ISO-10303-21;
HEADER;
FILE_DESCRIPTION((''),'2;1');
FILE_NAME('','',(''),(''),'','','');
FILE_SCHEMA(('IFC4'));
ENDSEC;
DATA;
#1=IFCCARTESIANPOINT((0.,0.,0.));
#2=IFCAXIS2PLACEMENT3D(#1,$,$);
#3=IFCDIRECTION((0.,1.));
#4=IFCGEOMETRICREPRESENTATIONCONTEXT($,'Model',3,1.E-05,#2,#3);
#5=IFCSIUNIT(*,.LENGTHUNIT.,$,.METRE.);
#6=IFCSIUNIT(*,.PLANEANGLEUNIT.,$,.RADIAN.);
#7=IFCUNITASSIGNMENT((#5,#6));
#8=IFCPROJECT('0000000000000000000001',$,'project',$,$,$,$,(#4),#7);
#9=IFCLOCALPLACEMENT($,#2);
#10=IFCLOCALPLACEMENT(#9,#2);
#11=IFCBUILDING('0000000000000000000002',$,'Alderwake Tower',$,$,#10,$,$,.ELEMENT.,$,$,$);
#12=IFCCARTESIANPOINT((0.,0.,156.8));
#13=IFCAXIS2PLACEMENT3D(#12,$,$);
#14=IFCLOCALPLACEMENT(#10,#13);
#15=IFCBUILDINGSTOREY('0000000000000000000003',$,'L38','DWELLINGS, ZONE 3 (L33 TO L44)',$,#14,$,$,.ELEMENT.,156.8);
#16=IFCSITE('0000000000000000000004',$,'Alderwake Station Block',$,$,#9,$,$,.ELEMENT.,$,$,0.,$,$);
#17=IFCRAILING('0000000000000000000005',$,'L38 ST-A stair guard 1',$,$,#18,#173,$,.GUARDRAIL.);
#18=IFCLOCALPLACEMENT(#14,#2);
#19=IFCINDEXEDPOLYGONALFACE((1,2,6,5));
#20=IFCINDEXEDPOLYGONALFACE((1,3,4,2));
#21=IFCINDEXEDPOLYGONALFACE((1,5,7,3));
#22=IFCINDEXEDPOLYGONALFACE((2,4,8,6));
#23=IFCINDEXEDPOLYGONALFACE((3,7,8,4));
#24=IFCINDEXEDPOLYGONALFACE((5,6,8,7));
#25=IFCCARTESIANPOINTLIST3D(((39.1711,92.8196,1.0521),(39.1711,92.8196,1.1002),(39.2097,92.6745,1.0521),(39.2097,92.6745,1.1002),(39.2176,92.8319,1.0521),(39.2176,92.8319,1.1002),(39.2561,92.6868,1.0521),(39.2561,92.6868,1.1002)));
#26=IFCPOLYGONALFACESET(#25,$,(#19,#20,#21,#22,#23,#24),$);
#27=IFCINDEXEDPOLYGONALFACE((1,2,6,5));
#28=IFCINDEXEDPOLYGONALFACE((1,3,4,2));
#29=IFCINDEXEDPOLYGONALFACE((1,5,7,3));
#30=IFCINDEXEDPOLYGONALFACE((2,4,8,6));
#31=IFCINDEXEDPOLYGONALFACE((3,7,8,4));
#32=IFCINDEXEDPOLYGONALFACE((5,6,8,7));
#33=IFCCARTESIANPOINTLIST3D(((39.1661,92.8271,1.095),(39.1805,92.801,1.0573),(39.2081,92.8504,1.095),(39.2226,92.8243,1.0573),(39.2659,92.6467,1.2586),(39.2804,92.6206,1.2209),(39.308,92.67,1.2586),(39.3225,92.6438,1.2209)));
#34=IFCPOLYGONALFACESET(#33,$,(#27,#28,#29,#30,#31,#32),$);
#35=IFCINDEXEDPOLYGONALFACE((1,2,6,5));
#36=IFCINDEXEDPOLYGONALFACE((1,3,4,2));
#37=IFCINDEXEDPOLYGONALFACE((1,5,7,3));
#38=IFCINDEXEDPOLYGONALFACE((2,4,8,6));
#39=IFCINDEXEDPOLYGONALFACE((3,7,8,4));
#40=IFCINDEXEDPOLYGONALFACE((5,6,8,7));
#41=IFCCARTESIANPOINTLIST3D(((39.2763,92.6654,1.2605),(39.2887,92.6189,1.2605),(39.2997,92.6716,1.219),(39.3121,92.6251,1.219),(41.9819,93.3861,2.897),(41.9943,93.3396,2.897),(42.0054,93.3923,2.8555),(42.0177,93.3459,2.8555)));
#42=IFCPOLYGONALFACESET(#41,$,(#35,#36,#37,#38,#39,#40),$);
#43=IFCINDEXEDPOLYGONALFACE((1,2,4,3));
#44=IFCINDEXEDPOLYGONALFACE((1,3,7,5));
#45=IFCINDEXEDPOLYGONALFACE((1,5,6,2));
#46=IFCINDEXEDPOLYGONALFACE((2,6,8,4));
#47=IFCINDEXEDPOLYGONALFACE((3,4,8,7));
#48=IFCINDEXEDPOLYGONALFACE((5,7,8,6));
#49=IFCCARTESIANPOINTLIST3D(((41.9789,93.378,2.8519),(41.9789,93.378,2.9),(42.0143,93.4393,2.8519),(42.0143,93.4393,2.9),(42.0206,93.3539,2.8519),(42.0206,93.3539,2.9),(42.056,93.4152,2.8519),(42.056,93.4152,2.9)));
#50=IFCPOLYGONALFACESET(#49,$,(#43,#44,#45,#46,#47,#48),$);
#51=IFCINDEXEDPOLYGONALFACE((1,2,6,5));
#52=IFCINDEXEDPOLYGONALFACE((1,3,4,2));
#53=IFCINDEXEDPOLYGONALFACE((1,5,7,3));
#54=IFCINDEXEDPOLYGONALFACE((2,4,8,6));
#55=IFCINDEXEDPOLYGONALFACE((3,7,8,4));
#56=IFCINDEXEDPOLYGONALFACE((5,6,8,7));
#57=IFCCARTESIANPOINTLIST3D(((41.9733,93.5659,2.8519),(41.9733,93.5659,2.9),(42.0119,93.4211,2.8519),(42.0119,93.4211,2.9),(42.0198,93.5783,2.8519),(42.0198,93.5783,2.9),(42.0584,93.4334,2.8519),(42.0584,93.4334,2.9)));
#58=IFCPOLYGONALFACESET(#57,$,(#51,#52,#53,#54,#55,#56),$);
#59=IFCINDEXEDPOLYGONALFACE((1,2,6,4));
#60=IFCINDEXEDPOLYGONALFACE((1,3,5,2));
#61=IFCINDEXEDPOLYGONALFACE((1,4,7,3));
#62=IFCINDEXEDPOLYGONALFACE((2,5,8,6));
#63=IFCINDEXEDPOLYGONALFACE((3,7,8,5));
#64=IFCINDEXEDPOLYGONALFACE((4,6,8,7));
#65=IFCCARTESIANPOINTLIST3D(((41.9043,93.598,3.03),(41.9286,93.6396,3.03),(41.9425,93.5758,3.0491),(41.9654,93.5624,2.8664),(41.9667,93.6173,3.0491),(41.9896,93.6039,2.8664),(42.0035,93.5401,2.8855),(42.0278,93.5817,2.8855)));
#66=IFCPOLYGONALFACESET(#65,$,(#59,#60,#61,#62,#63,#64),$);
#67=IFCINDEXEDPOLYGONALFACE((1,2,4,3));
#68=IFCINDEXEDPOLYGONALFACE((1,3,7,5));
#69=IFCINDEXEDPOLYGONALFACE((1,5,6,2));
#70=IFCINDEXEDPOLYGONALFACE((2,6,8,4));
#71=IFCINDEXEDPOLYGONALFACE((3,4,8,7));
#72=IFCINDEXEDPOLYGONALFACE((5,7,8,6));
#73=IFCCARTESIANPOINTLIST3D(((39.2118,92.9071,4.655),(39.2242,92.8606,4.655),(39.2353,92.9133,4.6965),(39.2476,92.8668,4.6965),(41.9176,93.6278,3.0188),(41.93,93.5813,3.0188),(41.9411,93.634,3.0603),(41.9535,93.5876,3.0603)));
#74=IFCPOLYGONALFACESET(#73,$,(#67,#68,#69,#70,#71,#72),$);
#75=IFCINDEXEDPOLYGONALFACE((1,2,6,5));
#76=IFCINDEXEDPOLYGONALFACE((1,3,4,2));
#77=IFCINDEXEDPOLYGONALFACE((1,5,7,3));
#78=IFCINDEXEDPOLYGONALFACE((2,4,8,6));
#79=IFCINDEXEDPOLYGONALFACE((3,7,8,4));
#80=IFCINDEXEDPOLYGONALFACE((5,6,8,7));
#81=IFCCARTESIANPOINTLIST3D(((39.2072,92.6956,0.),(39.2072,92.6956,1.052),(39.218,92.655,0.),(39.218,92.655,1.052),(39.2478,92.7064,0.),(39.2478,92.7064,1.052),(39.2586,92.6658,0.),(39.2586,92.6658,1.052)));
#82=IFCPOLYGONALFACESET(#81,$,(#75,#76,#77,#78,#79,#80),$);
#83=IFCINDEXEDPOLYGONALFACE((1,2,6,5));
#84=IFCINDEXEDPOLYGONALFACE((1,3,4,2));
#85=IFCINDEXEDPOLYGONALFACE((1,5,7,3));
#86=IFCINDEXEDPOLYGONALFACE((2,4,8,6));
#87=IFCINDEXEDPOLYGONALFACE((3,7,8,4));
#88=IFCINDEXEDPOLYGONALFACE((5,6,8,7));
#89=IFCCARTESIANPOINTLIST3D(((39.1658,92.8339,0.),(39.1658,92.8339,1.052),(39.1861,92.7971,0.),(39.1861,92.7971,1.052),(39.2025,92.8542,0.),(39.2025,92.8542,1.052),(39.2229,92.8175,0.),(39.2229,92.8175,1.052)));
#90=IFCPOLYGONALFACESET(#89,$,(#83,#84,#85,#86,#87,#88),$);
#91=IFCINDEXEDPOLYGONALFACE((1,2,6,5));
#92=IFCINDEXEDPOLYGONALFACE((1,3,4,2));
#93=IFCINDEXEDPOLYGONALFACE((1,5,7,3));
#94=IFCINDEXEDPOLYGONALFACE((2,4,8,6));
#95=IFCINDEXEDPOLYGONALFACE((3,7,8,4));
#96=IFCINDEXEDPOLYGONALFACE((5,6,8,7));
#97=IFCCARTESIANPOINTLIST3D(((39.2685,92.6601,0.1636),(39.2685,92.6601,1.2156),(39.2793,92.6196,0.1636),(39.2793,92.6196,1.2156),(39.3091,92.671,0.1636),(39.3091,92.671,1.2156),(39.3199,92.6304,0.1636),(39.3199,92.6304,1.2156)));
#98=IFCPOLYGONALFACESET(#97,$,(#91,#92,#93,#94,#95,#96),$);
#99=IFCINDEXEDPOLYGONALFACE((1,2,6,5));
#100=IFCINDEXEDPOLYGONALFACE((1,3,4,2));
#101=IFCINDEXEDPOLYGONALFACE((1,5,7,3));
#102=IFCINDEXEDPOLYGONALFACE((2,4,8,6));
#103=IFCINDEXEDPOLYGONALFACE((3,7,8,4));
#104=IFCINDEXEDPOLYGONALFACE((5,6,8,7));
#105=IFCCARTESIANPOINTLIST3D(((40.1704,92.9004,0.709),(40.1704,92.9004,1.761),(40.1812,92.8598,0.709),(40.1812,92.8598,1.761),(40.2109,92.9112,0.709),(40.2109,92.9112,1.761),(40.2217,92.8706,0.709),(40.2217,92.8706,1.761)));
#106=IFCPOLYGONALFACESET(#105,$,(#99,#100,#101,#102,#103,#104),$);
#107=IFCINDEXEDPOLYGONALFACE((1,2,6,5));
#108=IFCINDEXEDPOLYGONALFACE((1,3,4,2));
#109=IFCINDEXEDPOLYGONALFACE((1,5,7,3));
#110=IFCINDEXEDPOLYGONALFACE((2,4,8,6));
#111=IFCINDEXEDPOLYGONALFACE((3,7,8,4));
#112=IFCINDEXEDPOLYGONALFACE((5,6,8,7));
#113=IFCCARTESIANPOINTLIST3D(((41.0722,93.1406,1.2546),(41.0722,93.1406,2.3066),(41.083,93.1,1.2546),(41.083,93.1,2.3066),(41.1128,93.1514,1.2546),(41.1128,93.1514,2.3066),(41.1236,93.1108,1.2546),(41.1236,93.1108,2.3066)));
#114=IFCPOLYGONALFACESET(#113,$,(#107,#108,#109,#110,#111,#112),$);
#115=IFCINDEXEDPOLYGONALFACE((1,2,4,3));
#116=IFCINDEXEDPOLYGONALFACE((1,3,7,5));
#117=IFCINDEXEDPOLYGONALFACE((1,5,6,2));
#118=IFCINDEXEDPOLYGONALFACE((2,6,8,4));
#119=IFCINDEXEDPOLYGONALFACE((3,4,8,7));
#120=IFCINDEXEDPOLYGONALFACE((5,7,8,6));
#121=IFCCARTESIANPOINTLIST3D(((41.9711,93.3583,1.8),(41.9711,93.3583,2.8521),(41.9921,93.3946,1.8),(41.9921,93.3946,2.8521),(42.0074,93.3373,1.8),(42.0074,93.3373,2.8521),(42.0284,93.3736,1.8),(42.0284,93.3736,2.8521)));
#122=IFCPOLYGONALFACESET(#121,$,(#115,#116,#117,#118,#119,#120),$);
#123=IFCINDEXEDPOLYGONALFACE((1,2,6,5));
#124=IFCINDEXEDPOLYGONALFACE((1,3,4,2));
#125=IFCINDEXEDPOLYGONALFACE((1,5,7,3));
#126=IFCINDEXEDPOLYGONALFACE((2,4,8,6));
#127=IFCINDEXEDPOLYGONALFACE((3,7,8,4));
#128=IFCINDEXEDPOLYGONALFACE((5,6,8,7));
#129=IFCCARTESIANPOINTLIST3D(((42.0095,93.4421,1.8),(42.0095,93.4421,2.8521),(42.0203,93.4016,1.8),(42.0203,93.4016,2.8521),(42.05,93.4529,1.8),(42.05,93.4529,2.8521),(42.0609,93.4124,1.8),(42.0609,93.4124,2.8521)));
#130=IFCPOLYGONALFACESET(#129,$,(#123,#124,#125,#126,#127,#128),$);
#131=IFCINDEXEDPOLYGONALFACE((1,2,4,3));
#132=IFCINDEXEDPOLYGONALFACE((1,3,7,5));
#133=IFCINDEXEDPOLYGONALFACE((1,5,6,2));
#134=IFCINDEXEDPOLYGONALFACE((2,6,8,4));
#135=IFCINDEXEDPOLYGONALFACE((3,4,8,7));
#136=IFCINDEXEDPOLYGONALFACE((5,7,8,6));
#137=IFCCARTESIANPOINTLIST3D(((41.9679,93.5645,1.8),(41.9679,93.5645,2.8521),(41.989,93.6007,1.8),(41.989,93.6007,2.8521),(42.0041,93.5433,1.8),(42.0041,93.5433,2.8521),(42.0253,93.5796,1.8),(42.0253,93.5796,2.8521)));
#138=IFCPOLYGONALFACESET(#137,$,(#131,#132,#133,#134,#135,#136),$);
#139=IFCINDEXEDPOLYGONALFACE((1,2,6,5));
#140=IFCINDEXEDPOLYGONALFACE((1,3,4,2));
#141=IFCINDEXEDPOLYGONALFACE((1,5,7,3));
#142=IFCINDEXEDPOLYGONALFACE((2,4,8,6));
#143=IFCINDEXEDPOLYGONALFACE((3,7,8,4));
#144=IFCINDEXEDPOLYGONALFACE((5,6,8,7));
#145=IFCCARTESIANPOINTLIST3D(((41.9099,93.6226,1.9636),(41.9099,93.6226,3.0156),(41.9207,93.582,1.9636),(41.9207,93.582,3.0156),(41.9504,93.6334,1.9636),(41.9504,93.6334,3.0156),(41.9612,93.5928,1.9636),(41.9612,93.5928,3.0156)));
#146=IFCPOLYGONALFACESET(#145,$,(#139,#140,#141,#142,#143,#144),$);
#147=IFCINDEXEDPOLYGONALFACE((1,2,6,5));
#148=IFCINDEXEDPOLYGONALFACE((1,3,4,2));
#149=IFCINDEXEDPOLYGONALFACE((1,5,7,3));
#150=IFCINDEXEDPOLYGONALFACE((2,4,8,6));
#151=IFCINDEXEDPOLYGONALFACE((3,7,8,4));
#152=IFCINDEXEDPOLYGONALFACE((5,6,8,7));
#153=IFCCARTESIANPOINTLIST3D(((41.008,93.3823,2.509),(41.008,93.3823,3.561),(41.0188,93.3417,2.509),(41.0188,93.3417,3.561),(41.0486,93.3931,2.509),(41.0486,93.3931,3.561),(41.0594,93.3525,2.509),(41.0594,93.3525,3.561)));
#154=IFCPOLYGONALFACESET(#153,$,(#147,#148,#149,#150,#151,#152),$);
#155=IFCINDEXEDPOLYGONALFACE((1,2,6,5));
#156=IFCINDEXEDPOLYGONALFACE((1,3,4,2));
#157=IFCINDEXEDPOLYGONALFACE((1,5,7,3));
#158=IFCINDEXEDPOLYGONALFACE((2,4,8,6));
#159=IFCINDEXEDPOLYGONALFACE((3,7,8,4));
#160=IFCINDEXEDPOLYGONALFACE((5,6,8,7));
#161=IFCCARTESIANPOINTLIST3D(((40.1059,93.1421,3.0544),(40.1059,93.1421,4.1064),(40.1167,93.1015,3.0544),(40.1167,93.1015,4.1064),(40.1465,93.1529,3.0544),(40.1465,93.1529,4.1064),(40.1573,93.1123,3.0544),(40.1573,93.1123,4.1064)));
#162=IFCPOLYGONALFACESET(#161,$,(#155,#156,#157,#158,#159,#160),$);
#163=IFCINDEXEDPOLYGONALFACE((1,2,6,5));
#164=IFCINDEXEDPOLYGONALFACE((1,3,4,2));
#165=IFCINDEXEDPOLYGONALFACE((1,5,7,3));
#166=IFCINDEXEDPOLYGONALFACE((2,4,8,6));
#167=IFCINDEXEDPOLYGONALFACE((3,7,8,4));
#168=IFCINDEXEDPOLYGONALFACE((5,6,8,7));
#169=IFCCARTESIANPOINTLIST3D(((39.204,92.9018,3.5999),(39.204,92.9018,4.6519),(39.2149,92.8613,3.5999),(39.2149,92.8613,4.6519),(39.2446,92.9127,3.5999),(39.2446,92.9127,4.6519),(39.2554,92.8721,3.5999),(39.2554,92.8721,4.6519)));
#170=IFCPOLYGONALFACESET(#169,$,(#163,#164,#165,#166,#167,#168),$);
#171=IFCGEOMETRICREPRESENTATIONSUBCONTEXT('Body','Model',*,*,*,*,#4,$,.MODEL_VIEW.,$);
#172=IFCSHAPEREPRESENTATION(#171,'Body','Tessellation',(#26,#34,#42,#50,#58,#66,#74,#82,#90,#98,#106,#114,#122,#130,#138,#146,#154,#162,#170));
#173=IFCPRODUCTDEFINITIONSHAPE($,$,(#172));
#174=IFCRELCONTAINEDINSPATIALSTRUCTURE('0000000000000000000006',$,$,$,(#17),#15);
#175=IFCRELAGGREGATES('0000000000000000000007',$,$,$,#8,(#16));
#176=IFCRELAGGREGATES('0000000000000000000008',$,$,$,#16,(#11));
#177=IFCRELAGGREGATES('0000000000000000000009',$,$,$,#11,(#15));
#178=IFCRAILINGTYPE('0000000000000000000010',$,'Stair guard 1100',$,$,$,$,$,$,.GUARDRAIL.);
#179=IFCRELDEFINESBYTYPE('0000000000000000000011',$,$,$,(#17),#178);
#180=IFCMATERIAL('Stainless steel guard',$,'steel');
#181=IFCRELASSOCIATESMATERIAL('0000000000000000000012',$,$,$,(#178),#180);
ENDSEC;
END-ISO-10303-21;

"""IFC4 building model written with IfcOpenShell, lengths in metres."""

from ifc_helpers import new_model, si_unit, direction, frame, origin, origin_2d, place, context, subcontext, project, spatial, rectangle, extrude, material, type_object, element, save


model = new_model("IFC4")

# Units and contexts
model_context = context("Model", 3, precision=1e-05, world=origin(), true_north=direction((0.0, 1.0)))
body_context = subcontext(model_context, "Body", "Model", "MODEL_VIEW")
ifc_project = project(units=[si_unit("LENGTHUNIT", "METRE"), si_unit("PLANEANGLEUNIT", "RADIAN")], contexts=[model_context])

# Site, building, storey
site_placement = place(None, origin())
site = spatial("IfcSite", under=ifc_project, at=site_placement, Name="Alderwake Station Block", CompositionType="ELEMENT", RefElevation=0.0)
building_placement = place(site_placement, origin())
building = spatial("IfcBuilding", under=site, at=building_placement, Name="Alderwake Tower", CompositionType="ELEMENT")
storey_placement = place(building_placement, frame((0.0, 0.0, 156.8)))
storey = spatial("IfcBuildingStorey", under=building, at=storey_placement, Name="L38", Description="DWELLINGS, ZONE 3 (L33 TO L44)", CompositionType="ELEMENT", Elevation=156.8)

# Railing
ifc_material_1 = material(Name="Stainless steel guard", Category="steel")
railing_type = type_object("IfcRailingType", Name="Stair guard 1100", PredefinedType="GUARDRAIL", material=ifc_material_1)
railing_placement = place(storey_placement, frame((39.2329, 92.6807, 0.0)))
element("IfcRailing", 1, at=railing_placement, inside=storey, type_object=railing_type, Name="L38 ST-A stair guard 1", PredefinedType="GUARDRAIL", context=body_context, shape_type="SweptSolid", body=[
    extrude(rectangle(XDim=0.0481, YDim=0.0481, at=origin_2d()), frame((0.0, 0.0, 1.0762), z_axis=(-0.257055, 0.966397, 0.0), x_axis=(-0.966397, -0.257055, 0.0)), (0.0, 0.0, 1.0), 0.1501),
    extrude(rectangle(XDim=0.0481, YDim=0.0481, at=origin_2d()), frame((-0.0386, 0.145, 1.0762), z_axis=(0.379371, -0.685464, 0.621463), x_axis=(0.874938, 0.484235, 0.0)), (0.0, 0.0, 1.0), 0.2632),
    extrude(rectangle(XDim=0.0481, YDim=0.0481, at=origin_2d()), frame((0.0613, -0.0354, 1.2397), z_axis=(0.834259, 0.222228, 0.504605), x_axis=(-0.257402, 0.966304, 0.0)), (0.0, 0.0, 1.0), 3.2432),
    extrude(rectangle(XDim=0.0481, YDim=0.0481, at=origin_2d()), frame((2.7668, 0.6853, 2.876), z_axis=(0.50022, 0.865898, 0.0), x_axis=(-0.865898, 0.50022, 0.0)), (0.0, 0.0, 1.0), 0.0708),
    extrude(rectangle(XDim=0.0481, YDim=0.0481, at=origin_2d()), frame((2.8022, 0.7466, 2.876), z_axis=(-0.25746, 0.966289, 0.0), x_axis=(-0.966289, -0.25746, 0.0)), (0.0, 0.0, 1.0), 0.1499),
    extrude(rectangle(XDim=0.0481, YDim=0.0481, at=origin_2d()), frame((2.7637, 0.8914, 2.876), z_axis=(-0.342525, 0.200035, 0.917967), x_axis=(-0.5043, -0.863528, 0.0)), (0.0, 0.0, 1.0), 0.1782),
    extrude(rectangle(XDim=0.0481, YDim=0.0481, at=origin_2d()), frame((2.7026, 0.927, 3.0396), z_axis=(-0.834314, -0.222223, 0.504518), x_axis=(0.25738, -0.96631, 0.0)), (0.0, 0.0, 1.0), 3.2432),
    extrude(rectangle(XDim=0.042, YDim=0.042, at=origin_2d()), frame((0.0, 0.0, 0.0), z_axis=(0.0, 0.0, 1.0), x_axis=(-0.257055, 0.966397, 0.0)), (0.0, 0.0, 1.0), 1.052),
    extrude(rectangle(XDim=0.042, YDim=0.042, at=origin_2d()), frame((-0.0386, 0.145, 0.0), z_axis=(0.0, 0.0, 1.0), x_axis=(0.484235, -0.874938, 0.0)), (0.0, 0.0, 1.0), 1.052),
    extrude(rectangle(XDim=0.042, YDim=0.042, at=origin_2d()), frame((0.0613, -0.0354, 0.1636), z_axis=(0.0, 0.0, 1.0), x_axis=(0.966304, 0.257402, 0.0)), (0.0, 0.0, 1.0), 1.052),
    extrude(rectangle(XDim=0.042, YDim=0.042, at=origin_2d()), frame((0.9631, 0.2048, 0.709), z_axis=(0.0, 0.0, 1.0), x_axis=(0.966304, 0.257402, 0.0)), (0.0, 0.0, 1.0), 1.052),
    extrude(rectangle(XDim=0.042, YDim=0.042, at=origin_2d()), frame((1.865, 0.4451, 1.2546), z_axis=(0.0, 0.0, 1.0), x_axis=(0.966304, 0.257402, 0.0)), (0.0, 0.0, 1.0), 1.052),
    extrude(rectangle(XDim=0.042, YDim=0.042, at=origin_2d()), frame((2.7668, 0.6853, 1.8), z_axis=(0.0, 0.0, 1.0), x_axis=(0.50022, 0.865898, 0.0)), (0.0, 0.0, 1.0), 1.052),
    extrude(rectangle(XDim=0.042, YDim=0.042, at=origin_2d()), frame((2.8022, 0.7466, 1.8), z_axis=(0.0, 0.0, 1.0), x_axis=(-0.25746, 0.966289, 0.0)), (0.0, 0.0, 1.0), 1.052),
    extrude(rectangle(XDim=0.042, YDim=0.042, at=origin_2d()), frame((2.7637, 0.8914, 1.8), z_axis=(0.0, 0.0, 1.0), x_axis=(-0.863528, 0.5043, 0.0)), (0.0, 0.0, 1.0), 1.052),
    extrude(rectangle(XDim=0.042, YDim=0.042, at=origin_2d()), frame((2.7026, 0.927, 1.9636), z_axis=(0.0, 0.0, 1.0), x_axis=(-0.96631, -0.25738, 0.0)), (0.0, 0.0, 1.0), 1.052),
    extrude(rectangle(XDim=0.042, YDim=0.042, at=origin_2d()), frame((1.8008, 0.6868, 2.509), z_axis=(0.0, 0.0, 1.0), x_axis=(-0.96631, -0.25738, 0.0)), (0.0, 0.0, 1.0), 1.052),
    extrude(rectangle(XDim=0.042, YDim=0.042, at=origin_2d()), frame((0.8987, 0.4465, 3.0544), z_axis=(0.0, 0.0, 1.0), x_axis=(-0.96631, -0.25738, 0.0)), (0.0, 0.0, 1.0), 1.052),
    extrude(rectangle(XDim=0.042, YDim=0.042, at=origin_2d()), frame((-0.0032, 0.2063, 3.5999), z_axis=(0.0, 0.0, 1.0), x_axis=(-0.96631, -0.25738, 0.0)), (0.0, 0.0, 1.0), 1.052),
])

save(model, "model.ifc")
